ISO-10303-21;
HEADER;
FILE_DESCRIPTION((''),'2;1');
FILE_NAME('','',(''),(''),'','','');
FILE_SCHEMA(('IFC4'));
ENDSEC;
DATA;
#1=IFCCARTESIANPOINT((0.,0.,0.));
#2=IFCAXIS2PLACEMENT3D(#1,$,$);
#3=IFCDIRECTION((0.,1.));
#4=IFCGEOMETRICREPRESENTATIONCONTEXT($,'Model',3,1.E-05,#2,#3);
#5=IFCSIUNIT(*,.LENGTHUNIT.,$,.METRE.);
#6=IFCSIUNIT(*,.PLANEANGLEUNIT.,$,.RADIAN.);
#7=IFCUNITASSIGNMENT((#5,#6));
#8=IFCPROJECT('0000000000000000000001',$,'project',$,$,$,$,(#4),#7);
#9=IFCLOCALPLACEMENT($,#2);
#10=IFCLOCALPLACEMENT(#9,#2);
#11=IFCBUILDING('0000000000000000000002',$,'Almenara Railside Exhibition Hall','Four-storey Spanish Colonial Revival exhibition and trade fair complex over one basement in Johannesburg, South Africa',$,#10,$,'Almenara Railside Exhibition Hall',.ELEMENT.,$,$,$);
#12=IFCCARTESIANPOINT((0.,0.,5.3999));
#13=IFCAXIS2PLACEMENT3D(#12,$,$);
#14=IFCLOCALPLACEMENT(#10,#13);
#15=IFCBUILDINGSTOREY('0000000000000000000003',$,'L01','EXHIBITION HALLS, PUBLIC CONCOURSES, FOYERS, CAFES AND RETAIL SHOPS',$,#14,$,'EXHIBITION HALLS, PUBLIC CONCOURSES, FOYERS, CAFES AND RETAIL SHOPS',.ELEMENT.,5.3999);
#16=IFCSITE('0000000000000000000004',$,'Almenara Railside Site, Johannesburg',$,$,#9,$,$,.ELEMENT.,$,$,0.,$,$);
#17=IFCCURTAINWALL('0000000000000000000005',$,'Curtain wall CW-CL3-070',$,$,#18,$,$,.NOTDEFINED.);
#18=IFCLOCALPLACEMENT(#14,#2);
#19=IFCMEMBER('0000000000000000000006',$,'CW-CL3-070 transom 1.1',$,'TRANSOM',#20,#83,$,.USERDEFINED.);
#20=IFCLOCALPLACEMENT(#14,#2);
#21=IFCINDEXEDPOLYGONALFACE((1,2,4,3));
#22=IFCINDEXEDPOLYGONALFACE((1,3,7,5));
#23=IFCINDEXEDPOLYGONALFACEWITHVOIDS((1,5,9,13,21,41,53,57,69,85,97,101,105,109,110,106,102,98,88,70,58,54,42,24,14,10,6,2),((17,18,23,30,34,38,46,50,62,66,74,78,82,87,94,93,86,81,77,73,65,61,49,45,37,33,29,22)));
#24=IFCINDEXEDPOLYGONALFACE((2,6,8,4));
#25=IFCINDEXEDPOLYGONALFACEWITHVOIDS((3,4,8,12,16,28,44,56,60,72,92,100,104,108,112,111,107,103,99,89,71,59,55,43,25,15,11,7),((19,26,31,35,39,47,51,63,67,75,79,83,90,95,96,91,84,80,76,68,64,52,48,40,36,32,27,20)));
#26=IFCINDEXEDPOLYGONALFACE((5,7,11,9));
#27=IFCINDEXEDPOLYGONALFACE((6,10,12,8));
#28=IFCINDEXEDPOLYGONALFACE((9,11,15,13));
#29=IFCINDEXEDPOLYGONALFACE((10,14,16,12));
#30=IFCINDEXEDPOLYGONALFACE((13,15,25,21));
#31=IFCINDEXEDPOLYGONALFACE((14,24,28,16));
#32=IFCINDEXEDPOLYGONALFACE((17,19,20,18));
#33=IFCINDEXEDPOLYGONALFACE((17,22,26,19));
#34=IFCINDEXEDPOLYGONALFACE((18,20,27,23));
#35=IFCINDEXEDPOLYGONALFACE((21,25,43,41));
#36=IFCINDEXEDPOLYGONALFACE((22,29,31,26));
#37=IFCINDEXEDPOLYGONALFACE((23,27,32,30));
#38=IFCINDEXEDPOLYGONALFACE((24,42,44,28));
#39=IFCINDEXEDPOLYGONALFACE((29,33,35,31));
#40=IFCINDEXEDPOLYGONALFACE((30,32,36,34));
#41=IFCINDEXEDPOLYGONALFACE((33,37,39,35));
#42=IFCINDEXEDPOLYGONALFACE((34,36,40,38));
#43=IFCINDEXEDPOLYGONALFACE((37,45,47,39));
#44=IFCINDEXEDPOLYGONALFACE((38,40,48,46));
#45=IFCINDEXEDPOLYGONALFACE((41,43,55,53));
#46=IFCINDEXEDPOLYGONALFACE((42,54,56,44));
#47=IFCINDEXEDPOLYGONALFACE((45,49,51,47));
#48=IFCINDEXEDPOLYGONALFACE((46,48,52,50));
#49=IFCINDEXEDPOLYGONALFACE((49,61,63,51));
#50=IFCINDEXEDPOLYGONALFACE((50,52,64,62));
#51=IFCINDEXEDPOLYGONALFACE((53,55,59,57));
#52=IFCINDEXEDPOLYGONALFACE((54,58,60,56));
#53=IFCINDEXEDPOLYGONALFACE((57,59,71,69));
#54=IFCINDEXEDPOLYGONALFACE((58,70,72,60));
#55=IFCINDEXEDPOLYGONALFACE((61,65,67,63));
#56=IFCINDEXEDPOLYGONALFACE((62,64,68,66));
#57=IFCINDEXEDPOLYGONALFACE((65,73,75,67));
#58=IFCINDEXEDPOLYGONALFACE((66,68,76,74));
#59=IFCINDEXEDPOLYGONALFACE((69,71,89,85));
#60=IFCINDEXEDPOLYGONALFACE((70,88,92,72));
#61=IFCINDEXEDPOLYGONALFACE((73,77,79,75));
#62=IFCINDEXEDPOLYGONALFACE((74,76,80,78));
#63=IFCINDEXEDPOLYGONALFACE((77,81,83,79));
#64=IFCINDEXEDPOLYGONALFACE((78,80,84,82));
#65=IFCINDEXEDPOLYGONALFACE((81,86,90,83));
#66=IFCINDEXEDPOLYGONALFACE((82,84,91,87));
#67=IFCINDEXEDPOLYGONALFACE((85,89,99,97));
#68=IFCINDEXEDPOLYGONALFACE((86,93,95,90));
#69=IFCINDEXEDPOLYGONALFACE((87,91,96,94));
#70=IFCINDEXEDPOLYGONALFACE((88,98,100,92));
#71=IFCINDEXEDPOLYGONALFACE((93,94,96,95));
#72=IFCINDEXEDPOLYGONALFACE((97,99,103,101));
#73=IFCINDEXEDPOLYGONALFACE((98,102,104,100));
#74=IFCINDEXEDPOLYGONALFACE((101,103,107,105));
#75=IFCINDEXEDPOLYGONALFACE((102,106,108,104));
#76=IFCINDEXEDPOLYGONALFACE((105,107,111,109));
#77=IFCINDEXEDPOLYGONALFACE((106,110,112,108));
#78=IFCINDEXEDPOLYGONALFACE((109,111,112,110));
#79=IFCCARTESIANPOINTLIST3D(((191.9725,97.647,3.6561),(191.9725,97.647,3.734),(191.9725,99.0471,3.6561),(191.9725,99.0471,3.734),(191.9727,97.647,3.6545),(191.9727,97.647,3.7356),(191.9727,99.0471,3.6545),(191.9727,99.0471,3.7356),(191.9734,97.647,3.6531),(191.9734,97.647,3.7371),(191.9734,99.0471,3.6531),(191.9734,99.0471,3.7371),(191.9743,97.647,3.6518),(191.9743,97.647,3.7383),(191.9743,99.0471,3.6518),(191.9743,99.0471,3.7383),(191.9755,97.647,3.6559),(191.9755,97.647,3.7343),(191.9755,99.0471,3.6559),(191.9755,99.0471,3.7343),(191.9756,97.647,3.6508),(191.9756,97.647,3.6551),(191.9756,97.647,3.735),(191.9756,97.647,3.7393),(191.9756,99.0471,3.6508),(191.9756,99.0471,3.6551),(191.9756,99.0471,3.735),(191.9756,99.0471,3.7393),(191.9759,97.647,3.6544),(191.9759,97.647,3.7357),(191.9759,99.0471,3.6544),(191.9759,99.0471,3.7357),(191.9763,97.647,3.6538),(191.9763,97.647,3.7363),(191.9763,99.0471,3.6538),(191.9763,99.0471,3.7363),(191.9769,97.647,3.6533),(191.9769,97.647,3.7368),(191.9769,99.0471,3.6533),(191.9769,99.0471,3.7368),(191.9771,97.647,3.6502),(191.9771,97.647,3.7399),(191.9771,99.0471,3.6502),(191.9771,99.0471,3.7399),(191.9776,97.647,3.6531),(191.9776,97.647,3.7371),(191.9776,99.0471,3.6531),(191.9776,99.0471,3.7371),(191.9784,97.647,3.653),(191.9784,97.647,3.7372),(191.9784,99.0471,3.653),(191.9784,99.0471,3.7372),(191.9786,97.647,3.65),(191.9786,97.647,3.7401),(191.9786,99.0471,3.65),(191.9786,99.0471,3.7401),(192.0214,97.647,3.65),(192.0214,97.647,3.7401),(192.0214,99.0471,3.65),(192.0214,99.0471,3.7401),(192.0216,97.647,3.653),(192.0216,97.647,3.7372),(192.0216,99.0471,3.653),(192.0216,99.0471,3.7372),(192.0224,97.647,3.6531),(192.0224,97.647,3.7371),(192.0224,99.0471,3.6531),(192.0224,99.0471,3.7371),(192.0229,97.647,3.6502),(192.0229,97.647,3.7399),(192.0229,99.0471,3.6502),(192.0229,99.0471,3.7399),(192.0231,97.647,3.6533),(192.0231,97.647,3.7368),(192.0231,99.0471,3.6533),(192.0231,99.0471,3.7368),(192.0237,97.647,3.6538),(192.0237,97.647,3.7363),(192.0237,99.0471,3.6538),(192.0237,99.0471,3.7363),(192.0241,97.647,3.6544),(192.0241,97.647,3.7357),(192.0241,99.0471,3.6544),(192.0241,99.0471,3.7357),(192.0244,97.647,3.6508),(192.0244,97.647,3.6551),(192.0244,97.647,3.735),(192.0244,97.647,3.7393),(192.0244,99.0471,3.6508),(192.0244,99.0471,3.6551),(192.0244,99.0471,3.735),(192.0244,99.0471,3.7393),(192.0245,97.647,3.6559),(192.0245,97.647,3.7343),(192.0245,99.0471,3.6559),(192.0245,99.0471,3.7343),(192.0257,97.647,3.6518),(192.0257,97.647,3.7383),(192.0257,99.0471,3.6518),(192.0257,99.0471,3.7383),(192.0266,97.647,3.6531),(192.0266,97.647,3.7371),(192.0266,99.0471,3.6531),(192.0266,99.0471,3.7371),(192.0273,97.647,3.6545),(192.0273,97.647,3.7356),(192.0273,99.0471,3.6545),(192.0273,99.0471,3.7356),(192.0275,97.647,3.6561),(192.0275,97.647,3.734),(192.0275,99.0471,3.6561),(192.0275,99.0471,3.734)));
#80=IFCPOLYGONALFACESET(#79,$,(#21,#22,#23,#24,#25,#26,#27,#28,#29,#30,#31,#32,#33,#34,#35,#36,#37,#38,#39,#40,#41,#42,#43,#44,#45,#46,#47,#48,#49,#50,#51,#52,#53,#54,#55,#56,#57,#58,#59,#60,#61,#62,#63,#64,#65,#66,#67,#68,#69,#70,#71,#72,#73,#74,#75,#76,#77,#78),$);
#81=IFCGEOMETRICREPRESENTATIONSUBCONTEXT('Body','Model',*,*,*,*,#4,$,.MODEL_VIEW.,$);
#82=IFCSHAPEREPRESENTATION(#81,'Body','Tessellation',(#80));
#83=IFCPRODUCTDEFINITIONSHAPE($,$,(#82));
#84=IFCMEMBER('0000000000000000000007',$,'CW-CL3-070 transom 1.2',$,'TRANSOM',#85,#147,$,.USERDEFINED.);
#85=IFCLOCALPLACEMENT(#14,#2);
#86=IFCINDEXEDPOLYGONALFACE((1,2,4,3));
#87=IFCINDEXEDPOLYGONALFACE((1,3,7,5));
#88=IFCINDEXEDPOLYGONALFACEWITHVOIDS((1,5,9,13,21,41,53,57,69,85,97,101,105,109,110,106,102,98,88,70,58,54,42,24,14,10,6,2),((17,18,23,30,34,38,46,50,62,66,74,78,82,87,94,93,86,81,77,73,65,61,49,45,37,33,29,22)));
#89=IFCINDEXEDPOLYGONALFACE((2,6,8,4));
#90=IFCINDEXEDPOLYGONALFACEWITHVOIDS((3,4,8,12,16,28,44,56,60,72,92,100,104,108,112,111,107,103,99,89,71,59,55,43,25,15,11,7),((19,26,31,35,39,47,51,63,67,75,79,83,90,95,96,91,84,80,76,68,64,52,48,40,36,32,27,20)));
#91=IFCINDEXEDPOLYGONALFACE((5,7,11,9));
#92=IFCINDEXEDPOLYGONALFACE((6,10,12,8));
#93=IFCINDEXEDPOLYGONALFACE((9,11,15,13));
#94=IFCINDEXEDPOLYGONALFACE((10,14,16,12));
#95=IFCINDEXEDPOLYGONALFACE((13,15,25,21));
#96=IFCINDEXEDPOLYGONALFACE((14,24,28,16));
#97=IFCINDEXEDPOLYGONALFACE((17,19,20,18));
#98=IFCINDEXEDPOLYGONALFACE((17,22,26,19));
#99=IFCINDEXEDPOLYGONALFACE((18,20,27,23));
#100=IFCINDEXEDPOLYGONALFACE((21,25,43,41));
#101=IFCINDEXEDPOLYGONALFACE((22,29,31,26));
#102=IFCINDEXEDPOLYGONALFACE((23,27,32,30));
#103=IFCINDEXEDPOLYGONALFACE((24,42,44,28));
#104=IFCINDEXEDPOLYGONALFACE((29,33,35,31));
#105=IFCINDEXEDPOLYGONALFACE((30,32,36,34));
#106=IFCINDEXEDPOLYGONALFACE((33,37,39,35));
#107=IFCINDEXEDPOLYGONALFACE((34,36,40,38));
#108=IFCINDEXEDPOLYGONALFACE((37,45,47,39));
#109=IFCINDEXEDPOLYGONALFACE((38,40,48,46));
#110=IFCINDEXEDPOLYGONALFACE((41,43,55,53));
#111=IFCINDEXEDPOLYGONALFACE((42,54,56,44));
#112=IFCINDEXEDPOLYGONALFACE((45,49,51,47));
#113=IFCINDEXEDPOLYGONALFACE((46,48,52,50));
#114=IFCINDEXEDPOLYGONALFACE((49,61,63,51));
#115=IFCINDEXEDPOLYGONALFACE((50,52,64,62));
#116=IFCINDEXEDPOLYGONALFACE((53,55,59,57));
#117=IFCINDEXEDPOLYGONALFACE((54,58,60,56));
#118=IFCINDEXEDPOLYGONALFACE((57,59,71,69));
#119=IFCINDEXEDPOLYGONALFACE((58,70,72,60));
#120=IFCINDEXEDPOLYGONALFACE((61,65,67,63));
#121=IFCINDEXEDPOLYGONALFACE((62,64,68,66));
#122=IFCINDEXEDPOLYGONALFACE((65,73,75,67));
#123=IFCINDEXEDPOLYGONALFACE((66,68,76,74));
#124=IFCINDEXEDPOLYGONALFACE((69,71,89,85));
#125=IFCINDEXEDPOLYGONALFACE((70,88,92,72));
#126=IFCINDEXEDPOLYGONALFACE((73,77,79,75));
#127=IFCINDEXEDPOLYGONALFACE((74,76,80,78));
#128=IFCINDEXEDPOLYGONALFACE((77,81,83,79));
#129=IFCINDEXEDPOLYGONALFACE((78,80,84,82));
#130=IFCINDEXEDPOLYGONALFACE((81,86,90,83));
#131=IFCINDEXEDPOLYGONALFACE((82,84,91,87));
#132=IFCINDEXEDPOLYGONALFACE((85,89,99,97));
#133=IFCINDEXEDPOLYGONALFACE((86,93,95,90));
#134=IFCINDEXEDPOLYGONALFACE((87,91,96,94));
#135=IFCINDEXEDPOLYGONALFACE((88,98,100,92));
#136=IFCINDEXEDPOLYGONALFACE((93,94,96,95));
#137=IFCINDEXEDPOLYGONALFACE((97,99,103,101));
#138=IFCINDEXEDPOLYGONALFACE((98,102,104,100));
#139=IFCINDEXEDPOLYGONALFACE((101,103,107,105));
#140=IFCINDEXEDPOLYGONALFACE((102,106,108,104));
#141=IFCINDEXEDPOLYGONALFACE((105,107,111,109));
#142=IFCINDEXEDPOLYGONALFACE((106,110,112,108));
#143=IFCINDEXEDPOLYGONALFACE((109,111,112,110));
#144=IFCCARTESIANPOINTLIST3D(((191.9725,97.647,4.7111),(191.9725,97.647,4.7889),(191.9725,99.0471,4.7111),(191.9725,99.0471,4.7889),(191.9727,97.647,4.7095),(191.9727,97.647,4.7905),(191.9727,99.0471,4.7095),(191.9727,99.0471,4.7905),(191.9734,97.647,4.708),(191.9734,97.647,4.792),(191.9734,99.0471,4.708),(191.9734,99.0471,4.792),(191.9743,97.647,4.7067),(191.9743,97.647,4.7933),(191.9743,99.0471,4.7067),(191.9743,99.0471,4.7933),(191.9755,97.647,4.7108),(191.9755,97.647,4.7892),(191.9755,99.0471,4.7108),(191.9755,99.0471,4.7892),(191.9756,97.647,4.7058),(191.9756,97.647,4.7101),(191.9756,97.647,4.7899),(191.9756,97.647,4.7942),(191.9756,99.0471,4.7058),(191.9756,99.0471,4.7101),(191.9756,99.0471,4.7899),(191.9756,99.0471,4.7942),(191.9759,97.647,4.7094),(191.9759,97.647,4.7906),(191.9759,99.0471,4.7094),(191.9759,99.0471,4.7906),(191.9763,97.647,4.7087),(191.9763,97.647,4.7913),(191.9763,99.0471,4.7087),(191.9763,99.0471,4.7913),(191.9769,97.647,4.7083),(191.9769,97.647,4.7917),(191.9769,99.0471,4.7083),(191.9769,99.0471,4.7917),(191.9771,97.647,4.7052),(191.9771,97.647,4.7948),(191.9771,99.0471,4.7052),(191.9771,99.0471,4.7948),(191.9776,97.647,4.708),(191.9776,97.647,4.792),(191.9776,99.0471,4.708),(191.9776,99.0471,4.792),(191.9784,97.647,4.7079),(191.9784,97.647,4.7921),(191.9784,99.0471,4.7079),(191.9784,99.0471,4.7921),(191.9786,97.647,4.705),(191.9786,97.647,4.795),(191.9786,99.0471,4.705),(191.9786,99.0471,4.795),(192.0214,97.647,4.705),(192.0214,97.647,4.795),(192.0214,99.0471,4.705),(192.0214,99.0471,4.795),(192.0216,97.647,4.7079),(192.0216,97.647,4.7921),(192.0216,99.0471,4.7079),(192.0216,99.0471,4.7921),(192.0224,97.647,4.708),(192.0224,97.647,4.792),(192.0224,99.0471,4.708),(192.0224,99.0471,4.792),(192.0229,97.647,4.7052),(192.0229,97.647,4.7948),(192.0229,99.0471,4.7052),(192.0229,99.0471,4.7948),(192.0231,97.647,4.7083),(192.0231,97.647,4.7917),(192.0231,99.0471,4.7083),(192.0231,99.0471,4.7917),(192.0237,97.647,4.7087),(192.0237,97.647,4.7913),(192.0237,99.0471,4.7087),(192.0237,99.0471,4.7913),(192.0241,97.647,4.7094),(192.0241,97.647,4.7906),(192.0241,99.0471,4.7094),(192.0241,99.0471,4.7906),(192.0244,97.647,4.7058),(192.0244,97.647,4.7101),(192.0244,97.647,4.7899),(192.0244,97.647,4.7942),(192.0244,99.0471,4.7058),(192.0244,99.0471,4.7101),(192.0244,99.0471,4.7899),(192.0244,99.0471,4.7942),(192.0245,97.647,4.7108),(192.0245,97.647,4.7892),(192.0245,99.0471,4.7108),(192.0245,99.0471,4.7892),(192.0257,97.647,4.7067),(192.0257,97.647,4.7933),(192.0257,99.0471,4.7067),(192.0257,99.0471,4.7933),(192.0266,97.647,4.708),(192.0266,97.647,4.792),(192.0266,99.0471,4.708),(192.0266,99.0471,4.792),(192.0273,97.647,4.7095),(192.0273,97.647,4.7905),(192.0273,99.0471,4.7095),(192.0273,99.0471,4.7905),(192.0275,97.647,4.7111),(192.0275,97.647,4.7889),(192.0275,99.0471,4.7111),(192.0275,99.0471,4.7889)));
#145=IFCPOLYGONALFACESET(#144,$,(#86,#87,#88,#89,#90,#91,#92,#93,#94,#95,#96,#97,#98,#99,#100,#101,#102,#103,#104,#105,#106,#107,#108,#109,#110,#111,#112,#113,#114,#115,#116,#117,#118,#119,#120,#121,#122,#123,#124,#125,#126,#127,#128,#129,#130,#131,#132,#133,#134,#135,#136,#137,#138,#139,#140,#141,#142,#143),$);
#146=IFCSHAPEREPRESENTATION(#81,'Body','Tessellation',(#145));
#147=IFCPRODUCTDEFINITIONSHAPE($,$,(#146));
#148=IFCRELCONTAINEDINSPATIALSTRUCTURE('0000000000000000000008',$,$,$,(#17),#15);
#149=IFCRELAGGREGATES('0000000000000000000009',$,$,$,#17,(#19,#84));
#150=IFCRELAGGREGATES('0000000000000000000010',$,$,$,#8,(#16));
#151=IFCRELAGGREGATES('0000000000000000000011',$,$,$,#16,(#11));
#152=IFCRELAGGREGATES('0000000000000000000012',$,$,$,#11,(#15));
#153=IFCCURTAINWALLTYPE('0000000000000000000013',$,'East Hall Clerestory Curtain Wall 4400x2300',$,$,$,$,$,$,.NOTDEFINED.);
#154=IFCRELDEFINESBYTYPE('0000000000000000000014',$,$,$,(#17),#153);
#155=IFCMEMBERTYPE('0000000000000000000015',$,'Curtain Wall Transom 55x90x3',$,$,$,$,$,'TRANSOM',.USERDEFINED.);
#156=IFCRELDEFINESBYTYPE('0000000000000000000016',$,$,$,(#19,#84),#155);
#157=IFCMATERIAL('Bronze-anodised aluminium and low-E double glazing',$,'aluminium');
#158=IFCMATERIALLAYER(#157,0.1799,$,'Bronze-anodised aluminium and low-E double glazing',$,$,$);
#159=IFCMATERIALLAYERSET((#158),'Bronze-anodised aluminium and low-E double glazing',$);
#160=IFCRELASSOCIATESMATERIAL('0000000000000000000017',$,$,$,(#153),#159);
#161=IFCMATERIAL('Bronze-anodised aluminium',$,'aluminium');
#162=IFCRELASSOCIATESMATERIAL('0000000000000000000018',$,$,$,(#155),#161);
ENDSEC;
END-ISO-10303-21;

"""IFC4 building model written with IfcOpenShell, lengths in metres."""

from ifc_helpers import new_model, si_unit, direction, frame, origin, origin_2d, place, context, subcontext, project, spatial, hollow_rectangle, extrude, material, layer, layer_set, material_profile, profile_set, type_object, element, aggregate, save


model = new_model("IFC4")

# Units and contexts
model_context = context("Model", 3, precision=1e-05, world=origin(), true_north=direction((0.0, 1.0)))
body_context = subcontext(model_context, "Body", "Model", "MODEL_VIEW")
ifc_project = project(units=[si_unit("LENGTHUNIT", "METRE"), si_unit("PLANEANGLEUNIT", "RADIAN")], contexts=[model_context])

# Site, building, storey
site_placement = place(None, origin())
site = spatial("IfcSite", under=ifc_project, at=site_placement, Name="Almenara Railside Site, Johannesburg", CompositionType="ELEMENT", RefElevation=0.0)
building_placement = place(site_placement, origin())
building = spatial("IfcBuilding", under=site, at=building_placement, Name="Almenara Railside Exhibition Hall", Description="Four-storey Spanish Colonial Revival exhibition and trade fair complex over one basement in Johannesburg, South Africa", LongName="Almenara Railside Exhibition Hall", CompositionType="ELEMENT")
storey_placement = place(building_placement, frame((0.0, 0.0, 5.3999)))
storey = spatial("IfcBuildingStorey", under=building, at=storey_placement, Name="L01", Description="EXHIBITION HALLS, PUBLIC CONCOURSES, FOYERS, CAFES AND RETAIL SHOPS", LongName="EXHIBITION HALLS, PUBLIC CONCOURSES, FOYERS, CAFES AND RETAIL SHOPS", CompositionType="ELEMENT", Elevation=5.3999)

# Curtain wall
ifc_material_1 = material(Name="Bronze-anodised aluminium and low-E double glazing", Category="aluminium")
ifc_layer_1 = layer(ifc_material_1, 0.1799, Name="Bronze-anodised aluminium and low-E double glazing")
ifc_layer_set_1 = layer_set([ifc_layer_1], Name="Bronze-anodised aluminium and low-E double glazing")
curtain_wall_type = type_object("IfcCurtainWallType", Name="East Hall Clerestory Curtain Wall 4400x2300", PredefinedType="NOTDEFINED", material=ifc_layer_set_1)
curtain_wall_1_placement = place(storey_placement, origin())
curtain_wall_1 = element("IfcCurtainWall", 1, at=curtain_wall_1_placement, inside=storey, type_object=curtain_wall_type, Name="Curtain wall CW-CL3-070", PredefinedType="NOTDEFINED")
ifc_material_2 = material(Name="Bronze-anodised aluminium", Category="aluminium")

# Members
ifc_material_profile_1 = material_profile(ifc_material_2, hollow_rectangle(XDim=0.0549, YDim=0.0901, WallThickness=0.0029, InnerFilletRadius=0.0029, OuterFilletRadius=0.0061, at=origin_2d()), Name="ALU-TRN 55x90x3")
ifc_profile_set_1 = profile_set([ifc_material_profile_1], Name="Bronze-anodised aluminium")
member_type_1 = type_object("IfcMemberType", Name="Curtain Wall Transom 55x90x3", ElementType="TRANSOM", PredefinedType="USERDEFINED", material=ifc_profile_set_1)
member_1_placement = place(storey_placement, frame((192.0, 97.647, 3.6951), z_axis=(0.0, 1.0, 0.0), x_axis=(-1.0, 0.0, 0.0)))
member_1 = element("IfcMember", 2, at=member_1_placement, type_object=member_type_1, Name="CW-CL3-070 transom 1.1", ObjectType="TRANSOM", PredefinedType="USERDEFINED", context=body_context, shape_type="SweptSolid", body=[
    extrude(hollow_rectangle(XDim=0.0549, YDim=0.0901, WallThickness=0.0029, InnerFilletRadius=0.0029, OuterFilletRadius=0.0061, at=origin_2d()), origin(), (0.0, 0.0, 1.0), 1.4001),
])
member_2_placement = place(storey_placement, frame((192.0, 97.647, 4.75), z_axis=(0.0, 1.0, 0.0), x_axis=(-1.0, 0.0, 0.0)))
member_2 = element("IfcMember", 3, at=member_2_placement, type_object=member_type_1, Name="CW-CL3-070 transom 1.2", ObjectType="TRANSOM", PredefinedType="USERDEFINED", context=body_context, shape_type="SweptSolid", body=[
    extrude(hollow_rectangle(XDim=0.0549, YDim=0.0901, WallThickness=0.0029, InnerFilletRadius=0.0029, OuterFilletRadius=0.0061, at=origin_2d()), origin(), (0.0, 0.0, 1.0), 1.4001),
])

aggregate(curtain_wall_1, [member_1, member_2])

save(model, "model.ifc")
